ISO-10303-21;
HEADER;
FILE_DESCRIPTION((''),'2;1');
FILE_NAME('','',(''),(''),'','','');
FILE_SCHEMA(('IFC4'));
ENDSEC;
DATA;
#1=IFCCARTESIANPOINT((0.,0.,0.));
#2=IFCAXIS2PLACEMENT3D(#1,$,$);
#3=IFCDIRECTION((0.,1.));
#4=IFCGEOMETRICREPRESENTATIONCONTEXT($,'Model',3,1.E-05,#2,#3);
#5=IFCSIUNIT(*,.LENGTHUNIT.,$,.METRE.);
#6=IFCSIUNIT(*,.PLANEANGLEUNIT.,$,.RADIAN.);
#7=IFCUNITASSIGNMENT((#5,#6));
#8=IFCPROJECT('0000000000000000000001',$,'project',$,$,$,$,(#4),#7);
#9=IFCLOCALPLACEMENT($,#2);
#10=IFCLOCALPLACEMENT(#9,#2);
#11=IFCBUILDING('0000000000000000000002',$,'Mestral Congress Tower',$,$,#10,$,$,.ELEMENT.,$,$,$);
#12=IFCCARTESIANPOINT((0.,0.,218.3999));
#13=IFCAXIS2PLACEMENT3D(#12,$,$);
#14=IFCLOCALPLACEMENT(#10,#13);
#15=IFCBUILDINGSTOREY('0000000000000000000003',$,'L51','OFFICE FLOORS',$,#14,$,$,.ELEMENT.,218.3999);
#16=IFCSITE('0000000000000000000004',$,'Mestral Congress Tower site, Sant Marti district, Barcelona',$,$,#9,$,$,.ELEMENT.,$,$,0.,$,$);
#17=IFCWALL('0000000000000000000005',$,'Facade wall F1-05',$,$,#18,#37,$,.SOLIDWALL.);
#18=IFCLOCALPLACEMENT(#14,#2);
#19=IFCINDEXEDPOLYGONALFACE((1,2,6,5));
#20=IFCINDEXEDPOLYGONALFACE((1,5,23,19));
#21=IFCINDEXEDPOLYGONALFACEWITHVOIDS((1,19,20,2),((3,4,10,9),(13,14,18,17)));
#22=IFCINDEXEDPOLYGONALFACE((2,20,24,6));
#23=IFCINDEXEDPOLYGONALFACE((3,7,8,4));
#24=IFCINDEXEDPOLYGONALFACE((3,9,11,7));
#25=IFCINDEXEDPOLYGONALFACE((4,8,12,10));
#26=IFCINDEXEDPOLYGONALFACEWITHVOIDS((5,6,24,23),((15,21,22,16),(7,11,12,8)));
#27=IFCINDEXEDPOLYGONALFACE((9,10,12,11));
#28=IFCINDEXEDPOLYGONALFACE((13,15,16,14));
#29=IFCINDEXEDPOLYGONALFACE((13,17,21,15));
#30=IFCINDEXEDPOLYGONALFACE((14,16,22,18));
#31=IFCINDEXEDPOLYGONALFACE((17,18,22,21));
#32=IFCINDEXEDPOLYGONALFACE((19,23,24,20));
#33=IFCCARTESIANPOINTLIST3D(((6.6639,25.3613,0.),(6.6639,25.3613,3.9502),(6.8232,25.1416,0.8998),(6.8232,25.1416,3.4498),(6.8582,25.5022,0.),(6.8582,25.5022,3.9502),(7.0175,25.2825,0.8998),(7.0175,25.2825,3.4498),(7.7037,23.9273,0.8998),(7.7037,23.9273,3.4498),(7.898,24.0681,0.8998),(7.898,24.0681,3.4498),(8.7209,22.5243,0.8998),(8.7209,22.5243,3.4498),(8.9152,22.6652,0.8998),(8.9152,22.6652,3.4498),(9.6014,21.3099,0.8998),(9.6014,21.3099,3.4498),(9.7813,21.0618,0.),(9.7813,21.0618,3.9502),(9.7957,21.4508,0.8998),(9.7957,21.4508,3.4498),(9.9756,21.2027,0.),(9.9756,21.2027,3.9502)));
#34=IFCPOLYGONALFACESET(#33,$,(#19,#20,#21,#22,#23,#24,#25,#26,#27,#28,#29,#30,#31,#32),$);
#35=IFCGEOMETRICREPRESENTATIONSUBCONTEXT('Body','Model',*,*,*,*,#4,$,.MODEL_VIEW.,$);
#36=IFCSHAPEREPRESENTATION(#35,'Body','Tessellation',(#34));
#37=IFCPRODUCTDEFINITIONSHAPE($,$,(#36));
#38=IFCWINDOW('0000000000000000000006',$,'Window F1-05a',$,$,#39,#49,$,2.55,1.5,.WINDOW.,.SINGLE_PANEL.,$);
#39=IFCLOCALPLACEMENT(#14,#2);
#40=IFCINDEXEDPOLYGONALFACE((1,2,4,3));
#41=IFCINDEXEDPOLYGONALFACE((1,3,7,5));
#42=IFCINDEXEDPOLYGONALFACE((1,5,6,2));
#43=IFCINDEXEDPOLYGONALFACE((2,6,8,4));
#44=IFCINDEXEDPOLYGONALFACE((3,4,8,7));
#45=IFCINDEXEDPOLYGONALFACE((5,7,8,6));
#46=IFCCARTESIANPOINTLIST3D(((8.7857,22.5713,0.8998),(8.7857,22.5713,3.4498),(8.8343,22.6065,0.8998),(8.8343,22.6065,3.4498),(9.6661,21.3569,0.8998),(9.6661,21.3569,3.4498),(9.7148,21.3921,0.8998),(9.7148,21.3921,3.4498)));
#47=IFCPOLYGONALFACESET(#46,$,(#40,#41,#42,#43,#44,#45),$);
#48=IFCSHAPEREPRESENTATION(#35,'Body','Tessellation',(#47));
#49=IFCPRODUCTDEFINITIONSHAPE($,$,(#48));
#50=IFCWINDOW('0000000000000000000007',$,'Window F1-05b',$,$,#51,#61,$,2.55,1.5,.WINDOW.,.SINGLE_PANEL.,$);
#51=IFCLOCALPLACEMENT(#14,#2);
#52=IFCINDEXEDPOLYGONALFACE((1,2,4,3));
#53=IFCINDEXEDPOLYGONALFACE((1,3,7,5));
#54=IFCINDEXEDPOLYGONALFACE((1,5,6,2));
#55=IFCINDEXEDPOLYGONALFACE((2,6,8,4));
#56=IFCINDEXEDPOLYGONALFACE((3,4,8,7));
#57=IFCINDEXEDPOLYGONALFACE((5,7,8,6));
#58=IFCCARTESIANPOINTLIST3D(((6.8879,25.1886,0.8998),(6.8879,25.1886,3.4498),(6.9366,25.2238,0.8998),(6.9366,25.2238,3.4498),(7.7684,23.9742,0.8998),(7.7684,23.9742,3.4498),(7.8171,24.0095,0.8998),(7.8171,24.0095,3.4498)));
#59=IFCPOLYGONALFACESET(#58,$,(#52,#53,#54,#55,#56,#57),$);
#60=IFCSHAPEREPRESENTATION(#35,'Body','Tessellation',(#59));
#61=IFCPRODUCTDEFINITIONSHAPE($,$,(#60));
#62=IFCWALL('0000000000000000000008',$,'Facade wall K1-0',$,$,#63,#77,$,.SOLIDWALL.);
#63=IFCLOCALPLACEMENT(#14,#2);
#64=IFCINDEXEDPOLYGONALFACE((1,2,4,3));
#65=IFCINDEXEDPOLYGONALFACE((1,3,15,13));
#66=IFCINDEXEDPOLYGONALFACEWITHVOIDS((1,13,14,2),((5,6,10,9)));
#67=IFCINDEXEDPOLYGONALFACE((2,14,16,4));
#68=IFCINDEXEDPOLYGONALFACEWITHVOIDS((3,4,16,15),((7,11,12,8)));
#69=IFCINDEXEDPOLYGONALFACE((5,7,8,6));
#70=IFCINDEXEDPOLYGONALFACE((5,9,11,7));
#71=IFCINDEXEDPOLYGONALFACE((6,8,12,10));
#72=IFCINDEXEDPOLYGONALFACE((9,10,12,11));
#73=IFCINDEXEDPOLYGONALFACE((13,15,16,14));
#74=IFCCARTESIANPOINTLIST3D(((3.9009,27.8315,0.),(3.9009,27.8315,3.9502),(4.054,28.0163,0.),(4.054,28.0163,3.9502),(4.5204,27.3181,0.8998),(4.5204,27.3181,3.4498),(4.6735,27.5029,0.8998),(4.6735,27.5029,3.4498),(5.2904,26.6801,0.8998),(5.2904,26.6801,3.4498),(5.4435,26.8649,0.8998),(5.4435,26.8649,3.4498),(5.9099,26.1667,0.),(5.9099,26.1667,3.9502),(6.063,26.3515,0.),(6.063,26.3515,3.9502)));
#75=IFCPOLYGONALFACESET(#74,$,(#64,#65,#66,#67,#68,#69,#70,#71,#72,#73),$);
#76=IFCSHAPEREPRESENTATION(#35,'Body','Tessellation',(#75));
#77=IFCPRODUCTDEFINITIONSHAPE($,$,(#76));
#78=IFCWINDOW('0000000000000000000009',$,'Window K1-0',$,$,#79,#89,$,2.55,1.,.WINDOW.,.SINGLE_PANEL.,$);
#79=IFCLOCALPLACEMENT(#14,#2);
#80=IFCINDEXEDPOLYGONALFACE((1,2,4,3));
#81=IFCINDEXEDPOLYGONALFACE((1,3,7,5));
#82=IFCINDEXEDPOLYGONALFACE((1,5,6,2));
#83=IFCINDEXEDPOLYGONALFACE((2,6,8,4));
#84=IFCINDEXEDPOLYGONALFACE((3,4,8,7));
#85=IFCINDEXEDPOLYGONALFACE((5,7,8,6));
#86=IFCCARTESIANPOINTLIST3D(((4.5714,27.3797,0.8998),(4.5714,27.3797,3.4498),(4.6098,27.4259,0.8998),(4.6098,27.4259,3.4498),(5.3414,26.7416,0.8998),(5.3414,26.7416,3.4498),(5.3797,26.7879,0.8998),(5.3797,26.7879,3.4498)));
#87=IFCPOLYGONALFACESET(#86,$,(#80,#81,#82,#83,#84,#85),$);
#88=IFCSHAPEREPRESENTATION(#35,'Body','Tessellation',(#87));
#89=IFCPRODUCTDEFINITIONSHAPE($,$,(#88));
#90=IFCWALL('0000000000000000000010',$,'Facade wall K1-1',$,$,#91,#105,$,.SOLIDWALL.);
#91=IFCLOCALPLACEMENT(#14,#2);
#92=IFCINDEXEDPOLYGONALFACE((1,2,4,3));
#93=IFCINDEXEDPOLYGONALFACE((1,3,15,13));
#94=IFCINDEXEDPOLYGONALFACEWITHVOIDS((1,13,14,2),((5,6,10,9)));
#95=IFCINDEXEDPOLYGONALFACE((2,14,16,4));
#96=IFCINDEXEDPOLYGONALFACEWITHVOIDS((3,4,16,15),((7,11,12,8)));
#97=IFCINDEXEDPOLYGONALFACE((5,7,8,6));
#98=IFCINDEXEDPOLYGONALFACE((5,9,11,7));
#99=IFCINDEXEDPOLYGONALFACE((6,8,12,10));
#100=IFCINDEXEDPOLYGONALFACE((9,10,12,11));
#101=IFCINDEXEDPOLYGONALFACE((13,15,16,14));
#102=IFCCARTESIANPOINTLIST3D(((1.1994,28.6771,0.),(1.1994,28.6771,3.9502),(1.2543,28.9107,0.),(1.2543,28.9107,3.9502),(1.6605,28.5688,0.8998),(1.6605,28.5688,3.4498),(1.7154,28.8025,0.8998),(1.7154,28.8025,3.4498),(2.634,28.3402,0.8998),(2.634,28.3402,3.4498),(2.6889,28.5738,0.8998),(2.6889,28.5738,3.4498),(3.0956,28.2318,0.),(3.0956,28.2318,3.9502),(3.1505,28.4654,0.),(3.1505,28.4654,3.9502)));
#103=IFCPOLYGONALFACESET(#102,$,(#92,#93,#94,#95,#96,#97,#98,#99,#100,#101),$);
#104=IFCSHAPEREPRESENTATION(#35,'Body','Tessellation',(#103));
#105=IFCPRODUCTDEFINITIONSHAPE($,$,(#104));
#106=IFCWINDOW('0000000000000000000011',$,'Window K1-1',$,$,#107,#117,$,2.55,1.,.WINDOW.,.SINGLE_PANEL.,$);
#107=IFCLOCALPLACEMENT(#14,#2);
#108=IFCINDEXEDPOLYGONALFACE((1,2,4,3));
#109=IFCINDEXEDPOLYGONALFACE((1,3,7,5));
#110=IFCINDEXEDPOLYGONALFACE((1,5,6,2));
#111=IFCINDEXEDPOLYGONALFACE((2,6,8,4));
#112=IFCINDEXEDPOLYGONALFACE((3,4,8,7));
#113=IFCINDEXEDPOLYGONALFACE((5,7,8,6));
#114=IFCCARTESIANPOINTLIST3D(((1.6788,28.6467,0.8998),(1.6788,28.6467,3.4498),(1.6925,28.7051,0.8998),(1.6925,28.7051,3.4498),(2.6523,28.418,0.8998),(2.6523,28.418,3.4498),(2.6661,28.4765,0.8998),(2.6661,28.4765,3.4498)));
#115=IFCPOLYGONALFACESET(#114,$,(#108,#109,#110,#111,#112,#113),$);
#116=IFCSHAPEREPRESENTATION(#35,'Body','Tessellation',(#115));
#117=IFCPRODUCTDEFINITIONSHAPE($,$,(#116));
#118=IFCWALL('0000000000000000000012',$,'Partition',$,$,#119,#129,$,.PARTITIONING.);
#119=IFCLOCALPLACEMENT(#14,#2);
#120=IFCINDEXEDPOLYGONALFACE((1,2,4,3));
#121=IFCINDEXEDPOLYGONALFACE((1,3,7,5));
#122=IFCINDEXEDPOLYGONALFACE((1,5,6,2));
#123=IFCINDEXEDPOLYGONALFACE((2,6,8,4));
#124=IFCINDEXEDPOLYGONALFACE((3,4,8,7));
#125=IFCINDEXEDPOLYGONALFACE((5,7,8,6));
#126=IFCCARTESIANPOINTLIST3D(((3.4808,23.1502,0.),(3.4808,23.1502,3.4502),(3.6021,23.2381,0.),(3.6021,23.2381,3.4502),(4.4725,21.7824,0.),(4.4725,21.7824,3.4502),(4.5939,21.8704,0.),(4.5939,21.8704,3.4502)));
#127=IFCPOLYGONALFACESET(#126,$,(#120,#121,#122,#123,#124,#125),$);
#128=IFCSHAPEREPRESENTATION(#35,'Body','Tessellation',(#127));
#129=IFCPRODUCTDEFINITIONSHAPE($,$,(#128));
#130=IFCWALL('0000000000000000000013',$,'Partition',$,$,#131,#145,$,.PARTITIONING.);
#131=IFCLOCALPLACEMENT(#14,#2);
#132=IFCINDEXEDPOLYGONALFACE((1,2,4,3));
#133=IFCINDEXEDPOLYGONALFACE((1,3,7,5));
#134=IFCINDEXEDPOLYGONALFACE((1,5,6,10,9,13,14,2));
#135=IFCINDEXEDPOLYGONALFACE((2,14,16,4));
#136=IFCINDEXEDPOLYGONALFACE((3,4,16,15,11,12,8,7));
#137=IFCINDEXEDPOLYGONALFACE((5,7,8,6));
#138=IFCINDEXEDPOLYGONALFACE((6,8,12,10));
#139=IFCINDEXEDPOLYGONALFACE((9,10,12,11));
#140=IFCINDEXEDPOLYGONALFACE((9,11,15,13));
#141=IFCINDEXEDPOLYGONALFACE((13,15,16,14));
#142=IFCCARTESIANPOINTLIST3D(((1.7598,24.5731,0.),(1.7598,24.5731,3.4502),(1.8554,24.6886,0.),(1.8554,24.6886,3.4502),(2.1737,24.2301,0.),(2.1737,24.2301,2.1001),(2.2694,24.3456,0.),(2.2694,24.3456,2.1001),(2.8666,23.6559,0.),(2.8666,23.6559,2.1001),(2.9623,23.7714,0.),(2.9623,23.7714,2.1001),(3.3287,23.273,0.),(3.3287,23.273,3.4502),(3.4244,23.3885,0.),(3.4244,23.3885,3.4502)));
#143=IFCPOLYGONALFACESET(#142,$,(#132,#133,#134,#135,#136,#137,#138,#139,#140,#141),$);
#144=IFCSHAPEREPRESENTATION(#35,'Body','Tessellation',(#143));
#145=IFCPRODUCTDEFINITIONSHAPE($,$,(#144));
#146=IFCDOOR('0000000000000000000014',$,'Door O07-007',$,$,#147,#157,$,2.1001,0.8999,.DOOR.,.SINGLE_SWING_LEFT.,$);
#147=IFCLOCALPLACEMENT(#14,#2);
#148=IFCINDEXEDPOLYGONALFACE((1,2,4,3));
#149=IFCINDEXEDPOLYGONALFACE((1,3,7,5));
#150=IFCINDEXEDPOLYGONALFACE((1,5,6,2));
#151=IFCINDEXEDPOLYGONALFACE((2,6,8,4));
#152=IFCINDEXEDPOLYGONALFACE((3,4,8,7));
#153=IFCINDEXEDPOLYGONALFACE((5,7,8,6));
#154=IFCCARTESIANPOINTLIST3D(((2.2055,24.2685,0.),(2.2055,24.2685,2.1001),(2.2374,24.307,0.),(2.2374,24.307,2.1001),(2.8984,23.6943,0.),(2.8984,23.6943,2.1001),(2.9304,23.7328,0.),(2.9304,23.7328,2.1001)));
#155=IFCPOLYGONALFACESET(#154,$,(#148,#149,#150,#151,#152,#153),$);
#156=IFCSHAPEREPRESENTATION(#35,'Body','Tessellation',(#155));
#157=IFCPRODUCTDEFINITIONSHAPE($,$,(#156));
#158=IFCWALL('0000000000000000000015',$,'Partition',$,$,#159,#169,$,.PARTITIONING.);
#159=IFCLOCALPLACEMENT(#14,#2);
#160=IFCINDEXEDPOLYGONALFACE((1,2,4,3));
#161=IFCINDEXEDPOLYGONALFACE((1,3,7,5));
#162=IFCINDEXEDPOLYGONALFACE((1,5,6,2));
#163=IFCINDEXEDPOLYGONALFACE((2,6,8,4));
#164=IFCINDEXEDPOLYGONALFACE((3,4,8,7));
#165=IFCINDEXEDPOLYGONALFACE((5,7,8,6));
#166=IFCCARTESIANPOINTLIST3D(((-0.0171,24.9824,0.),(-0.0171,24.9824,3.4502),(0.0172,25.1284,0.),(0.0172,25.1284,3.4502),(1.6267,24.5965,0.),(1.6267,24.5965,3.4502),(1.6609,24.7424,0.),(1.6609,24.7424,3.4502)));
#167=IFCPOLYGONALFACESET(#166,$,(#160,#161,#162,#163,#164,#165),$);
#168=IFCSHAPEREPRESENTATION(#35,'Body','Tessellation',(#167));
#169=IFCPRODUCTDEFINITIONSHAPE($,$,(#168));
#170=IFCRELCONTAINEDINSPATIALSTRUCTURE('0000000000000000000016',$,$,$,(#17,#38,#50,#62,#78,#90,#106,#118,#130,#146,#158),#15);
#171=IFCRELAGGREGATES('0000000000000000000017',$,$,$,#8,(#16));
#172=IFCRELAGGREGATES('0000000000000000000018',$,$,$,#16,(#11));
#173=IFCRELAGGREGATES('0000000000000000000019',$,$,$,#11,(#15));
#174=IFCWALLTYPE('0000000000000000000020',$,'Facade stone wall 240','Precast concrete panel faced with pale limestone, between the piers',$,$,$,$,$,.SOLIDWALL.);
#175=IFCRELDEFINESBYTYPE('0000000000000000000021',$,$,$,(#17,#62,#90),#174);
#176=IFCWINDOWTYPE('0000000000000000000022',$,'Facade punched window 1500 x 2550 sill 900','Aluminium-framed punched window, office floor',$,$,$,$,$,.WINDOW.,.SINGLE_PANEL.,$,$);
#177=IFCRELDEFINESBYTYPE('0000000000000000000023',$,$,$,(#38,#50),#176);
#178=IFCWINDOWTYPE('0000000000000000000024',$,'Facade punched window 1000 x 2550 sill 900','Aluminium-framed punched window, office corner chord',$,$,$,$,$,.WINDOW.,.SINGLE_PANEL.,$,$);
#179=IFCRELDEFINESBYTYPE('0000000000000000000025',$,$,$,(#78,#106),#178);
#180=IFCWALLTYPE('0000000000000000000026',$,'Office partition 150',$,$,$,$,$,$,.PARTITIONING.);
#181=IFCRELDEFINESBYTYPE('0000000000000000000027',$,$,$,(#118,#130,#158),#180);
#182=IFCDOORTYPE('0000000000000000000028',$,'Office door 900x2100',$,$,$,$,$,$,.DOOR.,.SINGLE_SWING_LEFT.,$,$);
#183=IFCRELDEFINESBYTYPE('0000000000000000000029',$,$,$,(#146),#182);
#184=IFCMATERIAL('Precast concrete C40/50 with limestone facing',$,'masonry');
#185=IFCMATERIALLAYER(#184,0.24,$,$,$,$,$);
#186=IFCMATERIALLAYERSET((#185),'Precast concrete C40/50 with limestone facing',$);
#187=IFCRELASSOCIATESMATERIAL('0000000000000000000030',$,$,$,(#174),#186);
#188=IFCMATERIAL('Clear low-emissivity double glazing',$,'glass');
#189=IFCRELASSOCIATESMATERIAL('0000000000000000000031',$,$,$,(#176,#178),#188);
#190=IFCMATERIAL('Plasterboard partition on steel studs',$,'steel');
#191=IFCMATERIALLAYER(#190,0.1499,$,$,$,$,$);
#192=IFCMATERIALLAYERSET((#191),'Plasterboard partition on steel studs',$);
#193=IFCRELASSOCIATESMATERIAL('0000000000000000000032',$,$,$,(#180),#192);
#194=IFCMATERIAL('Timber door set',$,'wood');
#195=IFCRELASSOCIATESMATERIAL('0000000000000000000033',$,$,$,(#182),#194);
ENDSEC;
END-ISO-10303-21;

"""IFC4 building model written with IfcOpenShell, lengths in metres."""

from ifc_helpers import new_model, si_unit, direction, frame, frame_2d, origin, place, context, subcontext, project, spatial, rectangle, extrude, material, layer, layer_set, type_object, element, fill, save


model = new_model("IFC4")

# Units and contexts
model_context = context("Model", 3, precision=1e-05, world=origin(), true_north=direction((0.0, 1.0)))
body_context = subcontext(model_context, "Body", "Model", "MODEL_VIEW")
ifc_project = project(units=[si_unit("LENGTHUNIT", "METRE"), si_unit("PLANEANGLEUNIT", "RADIAN")], contexts=[model_context])

# Site, building, storey
site_placement = place(None, origin())
site = spatial("IfcSite", under=ifc_project, at=site_placement, Name="Mestral Congress Tower site, Sant Marti district, Barcelona", CompositionType="ELEMENT", RefElevation=0.0)
building_placement = place(site_placement, origin())
building = spatial("IfcBuilding", under=site, at=building_placement, Name="Mestral Congress Tower", CompositionType="ELEMENT")
storey_placement = place(building_placement, frame((0.0, 0.0, 218.3999)))
storey = spatial("IfcBuildingStorey", under=building, at=storey_placement, Name="L51", Description="OFFICE FLOORS", CompositionType="ELEMENT", Elevation=218.3999)

# Wall, openings, windows
ifc_material_1 = material(Name="Precast concrete C40/50 with limestone facing", Category="masonry")
ifc_layer_1 = layer(ifc_material_1, 0.24)
ifc_layer_set_1 = layer_set([ifc_layer_1], Name="Precast concrete C40/50 with limestone facing")
wall_type_1 = type_object("IfcWallType", Name="Facade stone wall 240", Description="Precast concrete panel faced with pale limestone, between the piers", PredefinedType="SOLIDWALL", material=ifc_layer_set_1)
wall_1_placement = place(storey_placement, frame((9.8784, 21.1323, 0.0), z_axis=(0.0, 0.0, 1.0), x_axis=(-0.586998, 0.809588, 0.0)))
wall_1 = element("IfcWall", 1, at=wall_1_placement, inside=storey, type_object=wall_type_1, Name="Facade wall F1-05", PredefinedType="SOLIDWALL", context=body_context, shape_type="SweptSolid", body=[
    extrude(rectangle(XDim=5.3108, YDim=0.24, at=frame_2d((2.6553, 0.0))), origin(), (0.0, 0.0, 1.0), 3.9502),
])
opening_1_placement = place(wall_1_placement, frame((0.3064, 0.0, 0.8999)))
opening_1 = element("IfcOpeningElement", 2, at=opening_1_placement, cuts=wall_1, PredefinedType="OPENING", context=body_context, shape_type="SweptSolid", body=[
    extrude(rectangle(XDim=1.5, YDim=2.55, at=frame_2d((0.75, 1.2749))), frame((0.0, 0.1299, 0.0), z_axis=(0.0, -1.0, 0.0), x_axis=(1.0, 0.0, 0.0)), (0.0, 0.0, 1.0), 0.26),
])
opening_2_placement = place(wall_1_placement, frame((3.5393, 0.0, 0.8999)))
opening_2 = element("IfcOpeningElement", 3, at=opening_2_placement, cuts=wall_1, PredefinedType="OPENING", context=body_context, shape_type="SweptSolid", body=[
    extrude(rectangle(XDim=1.5, YDim=2.55, at=frame_2d((0.75, 1.2749))), frame((0.0, 0.1299, 0.0), z_axis=(0.0, -1.0, 0.0), x_axis=(1.0, 0.0, 0.0)), (0.0, 0.0, 1.0), 0.26),
])
ifc_material_2 = material(Name="Clear low-emissivity double glazing", Category="glass")
window_type_1 = type_object("IfcWindowType", Name="Facade punched window 1500 x 2550 sill 900", Description="Aluminium-framed punched window, office floor", PartitioningType="SINGLE_PANEL", PredefinedType="WINDOW", material=ifc_material_2)
window_1_placement = place(opening_1_placement, origin())
window_1 = element("IfcWindow", 4, at=window_1_placement, inside=storey, type_object=window_type_1, Name="Window F1-05a", OverallHeight=2.55, OverallWidth=1.5, PartitioningType="SINGLE_PANEL", PredefinedType="WINDOW", context=body_context, shape_type="SweptSolid", body=[
    extrude(rectangle(XDim=1.5, YDim=2.55, at=frame_2d((0.75, 1.2749))), frame((0.0, 0.04, 0.0), z_axis=(0.0, -1.0, 0.0), x_axis=(1.0, 0.0, 0.0)), (0.0, 0.0, 1.0), 0.0601),
])
fill(opening_1, window_1)
window_2_placement = place(opening_2_placement, origin())
window_2 = element("IfcWindow", 5, at=window_2_placement, inside=storey, type_object=window_type_1, Name="Window F1-05b", OverallHeight=2.55, OverallWidth=1.5, PartitioningType="SINGLE_PANEL", PredefinedType="WINDOW", context=body_context, shape_type="SweptSolid", body=[
    extrude(rectangle(XDim=1.5, YDim=2.55, at=frame_2d((0.75, 1.2749))), frame((0.0, 0.04, 0.0), z_axis=(0.0, -1.0, 0.0), x_axis=(1.0, 0.0, 0.0)), (0.0, 0.0, 1.0), 0.0601),
])
fill(opening_2, window_2)

# Walls, openings, windows
wall_2_placement = place(storey_placement, frame((5.9866, 26.259, 0.0), z_axis=(0.0, 0.0, 1.0), x_axis=(-0.76999, 0.638056, 0.0)))
wall_2 = element("IfcWall", 6, at=wall_2_placement, inside=storey, type_object=wall_type_1, Name="Facade wall K1-0", PredefinedType="SOLIDWALL", context=body_context, shape_type="SweptSolid", body=[
    extrude(rectangle(XDim=2.6091, YDim=0.24, at=frame_2d((1.3047, 0.0))), origin(), (0.0, 0.0, 1.0), 3.9502),
])
opening_3_placement = place(wall_2_placement, frame((0.8047, 0.0, 0.8999)))
opening_3 = element("IfcOpeningElement", 7, at=opening_3_placement, cuts=wall_2, PredefinedType="OPENING", context=body_context, shape_type="SweptSolid", body=[
    extrude(rectangle(XDim=1.0, YDim=2.55, at=frame_2d((0.5, 1.2749))), frame((0.0, 0.1299, 0.0), z_axis=(0.0, -1.0, 0.0), x_axis=(1.0, 0.0, 0.0)), (0.0, 0.0, 1.0), 0.26),
])
window_type_2 = type_object("IfcWindowType", Name="Facade punched window 1000 x 2550 sill 900", Description="Aluminium-framed punched window, office corner chord", PartitioningType="SINGLE_PANEL", PredefinedType="WINDOW", material=ifc_material_2)
window_3_placement = place(opening_3_placement, origin())
window_3 = element("IfcWindow", 8, at=window_3_placement, inside=storey, type_object=window_type_2, Name="Window K1-0", OverallHeight=2.55, OverallWidth=1.0, PartitioningType="SINGLE_PANEL", PredefinedType="WINDOW", context=body_context, shape_type="SweptSolid", body=[
    extrude(rectangle(XDim=1.0, YDim=2.55, at=frame_2d((0.5, 1.2749))), frame((0.0, 0.04, 0.0), z_axis=(0.0, -1.0, 0.0), x_axis=(1.0, 0.0, 0.0)), (0.0, 0.0, 1.0), 0.0601),
])
fill(opening_3, window_3)
wall_3_placement = place(storey_placement, frame((3.123, 28.3486, 0.0), z_axis=(0.0, 0.0, 1.0), x_axis=(-0.973516, 0.22862, 0.0)))
wall_3 = element("IfcWall", 9, at=wall_3_placement, inside=storey, type_object=wall_type_1, Name="Facade wall K1-1", PredefinedType="SOLIDWALL", context=body_context, shape_type="SweptSolid", body=[
    extrude(rectangle(XDim=1.9478, YDim=0.24, at=frame_2d((0.9739, 0.0))), origin(), (0.0, 0.0, 1.0), 3.9502),
])
opening_4_placement = place(wall_3_placement, frame((0.4741, 0.0, 0.8999)))
opening_4 = element("IfcOpeningElement", 10, at=opening_4_placement, cuts=wall_3, PredefinedType="OPENING", context=body_context, shape_type="SweptSolid", body=[
    extrude(rectangle(XDim=1.0, YDim=2.55, at=frame_2d((0.5, 1.2749))), frame((0.0, 0.1299, 0.0), z_axis=(0.0, -1.0, 0.0), x_axis=(1.0, 0.0, 0.0)), (0.0, 0.0, 1.0), 0.26),
])
window_4_placement = place(opening_4_placement, origin())
window_4 = element("IfcWindow", 11, at=window_4_placement, inside=storey, type_object=window_type_2, Name="Window K1-1", OverallHeight=2.55, OverallWidth=1.0, PartitioningType="SINGLE_PANEL", PredefinedType="WINDOW", context=body_context, shape_type="SweptSolid", body=[
    extrude(rectangle(XDim=1.0, YDim=2.55, at=frame_2d((0.5, 1.2749))), frame((0.0, 0.04, 0.0), z_axis=(0.0, -1.0, 0.0), x_axis=(1.0, 0.0, 0.0)), (0.0, 0.0, 1.0), 0.0601),
])
fill(opening_4, window_4)

# Wall
ifc_material_3 = material(Name="Plasterboard partition on steel studs", Category="steel")
ifc_layer_2 = layer(ifc_material_3, 0.1499)
ifc_layer_set_2 = layer_set([ifc_layer_2], Name="Plasterboard partition on steel studs")
wall_type_2 = type_object("IfcWallType", Name="Office partition 150", PredefinedType="PARTITIONING", material=ifc_layer_set_2)
wall_4_placement = place(storey_placement, frame((4.5332, 21.8264, 0.0), z_axis=(0.0, 0.0, 1.0), x_axis=(-0.58702, 0.809573, 0.0)))
element("IfcWall", 12, at=wall_4_placement, inside=storey, type_object=wall_type_2, Name="Partition", PredefinedType="PARTITIONING", context=body_context, shape_type="SweptSolid", body=[
    extrude(rectangle(XDim=1.6895, YDim=0.1499, at=frame_2d((0.8447, 0.0))), origin(), (0.0, 0.0, 1.0), 3.4502),
])

# Wall, opening, door
wall_5_placement = place(storey_placement, frame((1.8076, 24.6309, 0.0), z_axis=(0.0, 0.0, 1.0), x_axis=(0.769986, -0.63806, 0.0)))
wall_5 = element("IfcWall", 13, at=wall_5_placement, inside=storey, type_object=wall_type_2, Name="Partition", PredefinedType="PARTITIONING", context=body_context, shape_type="SweptSolid", body=[
    extrude(rectangle(XDim=2.0376, YDim=0.1499, at=frame_2d((1.0188, 0.0))), origin(), (0.0, 0.0, 1.0), 3.4502),
])
opening_5_placement = place(wall_5_placement, frame((0.5376, 0.0, 0.0)))
opening_5 = element("IfcOpeningElement", 14, at=opening_5_placement, cuts=wall_5, PredefinedType="OPENING", context=body_context, shape_type="SweptSolid", body=[
    extrude(rectangle(XDim=0.8999, YDim=2.1001, at=frame_2d((0.45, 1.05))), frame((0.0, 0.085, 0.0), z_axis=(0.0, -1.0, 0.0), x_axis=(1.0, 0.0, 0.0)), (0.0, 0.0, 1.0), 0.1699),
])
ifc_material_4 = material(Name="Timber door set", Category="wood")
door_type_1 = type_object("IfcDoorType", Name="Office door 900x2100", OperationType="SINGLE_SWING_LEFT", PredefinedType="DOOR", material=ifc_material_4)
door_1_placement = place(opening_5_placement, origin())
door_1 = element("IfcDoor", 15, at=door_1_placement, inside=storey, type_object=door_type_1, Name="Door O07-007", OperationType="SINGLE_SWING_LEFT", OverallHeight=2.1001, OverallWidth=0.8999, PredefinedType="DOOR", context=body_context, shape_type="SweptSolid", body=[
    extrude(rectangle(XDim=0.8999, YDim=2.1001, at=frame_2d((0.45, 1.05))), frame((0.0, 0.0249, 0.0), z_axis=(0.0, -1.0, 0.0), x_axis=(1.0, 0.0, 0.0)), (0.0, 0.0, 1.0), 0.05),
])
fill(opening_5, door_1)

# Wall
wall_6_placement = place(storey_placement, frame((1.6438, 24.6694, 0.0), z_axis=(0.0, 0.0, 1.0), x_axis=(-0.973521, 0.228596, 0.0)))
element("IfcWall", 16, at=wall_6_placement, inside=storey, type_object=wall_type_2, Name="Partition", PredefinedType="PARTITIONING", context=body_context, shape_type="SweptSolid", body=[
    extrude(rectangle(XDim=1.6885, YDim=0.1499, at=frame_2d((0.8442, 0.0))), origin(), (0.0, 0.0, 1.0), 3.4502),
])

save(model, "model.ifc")
